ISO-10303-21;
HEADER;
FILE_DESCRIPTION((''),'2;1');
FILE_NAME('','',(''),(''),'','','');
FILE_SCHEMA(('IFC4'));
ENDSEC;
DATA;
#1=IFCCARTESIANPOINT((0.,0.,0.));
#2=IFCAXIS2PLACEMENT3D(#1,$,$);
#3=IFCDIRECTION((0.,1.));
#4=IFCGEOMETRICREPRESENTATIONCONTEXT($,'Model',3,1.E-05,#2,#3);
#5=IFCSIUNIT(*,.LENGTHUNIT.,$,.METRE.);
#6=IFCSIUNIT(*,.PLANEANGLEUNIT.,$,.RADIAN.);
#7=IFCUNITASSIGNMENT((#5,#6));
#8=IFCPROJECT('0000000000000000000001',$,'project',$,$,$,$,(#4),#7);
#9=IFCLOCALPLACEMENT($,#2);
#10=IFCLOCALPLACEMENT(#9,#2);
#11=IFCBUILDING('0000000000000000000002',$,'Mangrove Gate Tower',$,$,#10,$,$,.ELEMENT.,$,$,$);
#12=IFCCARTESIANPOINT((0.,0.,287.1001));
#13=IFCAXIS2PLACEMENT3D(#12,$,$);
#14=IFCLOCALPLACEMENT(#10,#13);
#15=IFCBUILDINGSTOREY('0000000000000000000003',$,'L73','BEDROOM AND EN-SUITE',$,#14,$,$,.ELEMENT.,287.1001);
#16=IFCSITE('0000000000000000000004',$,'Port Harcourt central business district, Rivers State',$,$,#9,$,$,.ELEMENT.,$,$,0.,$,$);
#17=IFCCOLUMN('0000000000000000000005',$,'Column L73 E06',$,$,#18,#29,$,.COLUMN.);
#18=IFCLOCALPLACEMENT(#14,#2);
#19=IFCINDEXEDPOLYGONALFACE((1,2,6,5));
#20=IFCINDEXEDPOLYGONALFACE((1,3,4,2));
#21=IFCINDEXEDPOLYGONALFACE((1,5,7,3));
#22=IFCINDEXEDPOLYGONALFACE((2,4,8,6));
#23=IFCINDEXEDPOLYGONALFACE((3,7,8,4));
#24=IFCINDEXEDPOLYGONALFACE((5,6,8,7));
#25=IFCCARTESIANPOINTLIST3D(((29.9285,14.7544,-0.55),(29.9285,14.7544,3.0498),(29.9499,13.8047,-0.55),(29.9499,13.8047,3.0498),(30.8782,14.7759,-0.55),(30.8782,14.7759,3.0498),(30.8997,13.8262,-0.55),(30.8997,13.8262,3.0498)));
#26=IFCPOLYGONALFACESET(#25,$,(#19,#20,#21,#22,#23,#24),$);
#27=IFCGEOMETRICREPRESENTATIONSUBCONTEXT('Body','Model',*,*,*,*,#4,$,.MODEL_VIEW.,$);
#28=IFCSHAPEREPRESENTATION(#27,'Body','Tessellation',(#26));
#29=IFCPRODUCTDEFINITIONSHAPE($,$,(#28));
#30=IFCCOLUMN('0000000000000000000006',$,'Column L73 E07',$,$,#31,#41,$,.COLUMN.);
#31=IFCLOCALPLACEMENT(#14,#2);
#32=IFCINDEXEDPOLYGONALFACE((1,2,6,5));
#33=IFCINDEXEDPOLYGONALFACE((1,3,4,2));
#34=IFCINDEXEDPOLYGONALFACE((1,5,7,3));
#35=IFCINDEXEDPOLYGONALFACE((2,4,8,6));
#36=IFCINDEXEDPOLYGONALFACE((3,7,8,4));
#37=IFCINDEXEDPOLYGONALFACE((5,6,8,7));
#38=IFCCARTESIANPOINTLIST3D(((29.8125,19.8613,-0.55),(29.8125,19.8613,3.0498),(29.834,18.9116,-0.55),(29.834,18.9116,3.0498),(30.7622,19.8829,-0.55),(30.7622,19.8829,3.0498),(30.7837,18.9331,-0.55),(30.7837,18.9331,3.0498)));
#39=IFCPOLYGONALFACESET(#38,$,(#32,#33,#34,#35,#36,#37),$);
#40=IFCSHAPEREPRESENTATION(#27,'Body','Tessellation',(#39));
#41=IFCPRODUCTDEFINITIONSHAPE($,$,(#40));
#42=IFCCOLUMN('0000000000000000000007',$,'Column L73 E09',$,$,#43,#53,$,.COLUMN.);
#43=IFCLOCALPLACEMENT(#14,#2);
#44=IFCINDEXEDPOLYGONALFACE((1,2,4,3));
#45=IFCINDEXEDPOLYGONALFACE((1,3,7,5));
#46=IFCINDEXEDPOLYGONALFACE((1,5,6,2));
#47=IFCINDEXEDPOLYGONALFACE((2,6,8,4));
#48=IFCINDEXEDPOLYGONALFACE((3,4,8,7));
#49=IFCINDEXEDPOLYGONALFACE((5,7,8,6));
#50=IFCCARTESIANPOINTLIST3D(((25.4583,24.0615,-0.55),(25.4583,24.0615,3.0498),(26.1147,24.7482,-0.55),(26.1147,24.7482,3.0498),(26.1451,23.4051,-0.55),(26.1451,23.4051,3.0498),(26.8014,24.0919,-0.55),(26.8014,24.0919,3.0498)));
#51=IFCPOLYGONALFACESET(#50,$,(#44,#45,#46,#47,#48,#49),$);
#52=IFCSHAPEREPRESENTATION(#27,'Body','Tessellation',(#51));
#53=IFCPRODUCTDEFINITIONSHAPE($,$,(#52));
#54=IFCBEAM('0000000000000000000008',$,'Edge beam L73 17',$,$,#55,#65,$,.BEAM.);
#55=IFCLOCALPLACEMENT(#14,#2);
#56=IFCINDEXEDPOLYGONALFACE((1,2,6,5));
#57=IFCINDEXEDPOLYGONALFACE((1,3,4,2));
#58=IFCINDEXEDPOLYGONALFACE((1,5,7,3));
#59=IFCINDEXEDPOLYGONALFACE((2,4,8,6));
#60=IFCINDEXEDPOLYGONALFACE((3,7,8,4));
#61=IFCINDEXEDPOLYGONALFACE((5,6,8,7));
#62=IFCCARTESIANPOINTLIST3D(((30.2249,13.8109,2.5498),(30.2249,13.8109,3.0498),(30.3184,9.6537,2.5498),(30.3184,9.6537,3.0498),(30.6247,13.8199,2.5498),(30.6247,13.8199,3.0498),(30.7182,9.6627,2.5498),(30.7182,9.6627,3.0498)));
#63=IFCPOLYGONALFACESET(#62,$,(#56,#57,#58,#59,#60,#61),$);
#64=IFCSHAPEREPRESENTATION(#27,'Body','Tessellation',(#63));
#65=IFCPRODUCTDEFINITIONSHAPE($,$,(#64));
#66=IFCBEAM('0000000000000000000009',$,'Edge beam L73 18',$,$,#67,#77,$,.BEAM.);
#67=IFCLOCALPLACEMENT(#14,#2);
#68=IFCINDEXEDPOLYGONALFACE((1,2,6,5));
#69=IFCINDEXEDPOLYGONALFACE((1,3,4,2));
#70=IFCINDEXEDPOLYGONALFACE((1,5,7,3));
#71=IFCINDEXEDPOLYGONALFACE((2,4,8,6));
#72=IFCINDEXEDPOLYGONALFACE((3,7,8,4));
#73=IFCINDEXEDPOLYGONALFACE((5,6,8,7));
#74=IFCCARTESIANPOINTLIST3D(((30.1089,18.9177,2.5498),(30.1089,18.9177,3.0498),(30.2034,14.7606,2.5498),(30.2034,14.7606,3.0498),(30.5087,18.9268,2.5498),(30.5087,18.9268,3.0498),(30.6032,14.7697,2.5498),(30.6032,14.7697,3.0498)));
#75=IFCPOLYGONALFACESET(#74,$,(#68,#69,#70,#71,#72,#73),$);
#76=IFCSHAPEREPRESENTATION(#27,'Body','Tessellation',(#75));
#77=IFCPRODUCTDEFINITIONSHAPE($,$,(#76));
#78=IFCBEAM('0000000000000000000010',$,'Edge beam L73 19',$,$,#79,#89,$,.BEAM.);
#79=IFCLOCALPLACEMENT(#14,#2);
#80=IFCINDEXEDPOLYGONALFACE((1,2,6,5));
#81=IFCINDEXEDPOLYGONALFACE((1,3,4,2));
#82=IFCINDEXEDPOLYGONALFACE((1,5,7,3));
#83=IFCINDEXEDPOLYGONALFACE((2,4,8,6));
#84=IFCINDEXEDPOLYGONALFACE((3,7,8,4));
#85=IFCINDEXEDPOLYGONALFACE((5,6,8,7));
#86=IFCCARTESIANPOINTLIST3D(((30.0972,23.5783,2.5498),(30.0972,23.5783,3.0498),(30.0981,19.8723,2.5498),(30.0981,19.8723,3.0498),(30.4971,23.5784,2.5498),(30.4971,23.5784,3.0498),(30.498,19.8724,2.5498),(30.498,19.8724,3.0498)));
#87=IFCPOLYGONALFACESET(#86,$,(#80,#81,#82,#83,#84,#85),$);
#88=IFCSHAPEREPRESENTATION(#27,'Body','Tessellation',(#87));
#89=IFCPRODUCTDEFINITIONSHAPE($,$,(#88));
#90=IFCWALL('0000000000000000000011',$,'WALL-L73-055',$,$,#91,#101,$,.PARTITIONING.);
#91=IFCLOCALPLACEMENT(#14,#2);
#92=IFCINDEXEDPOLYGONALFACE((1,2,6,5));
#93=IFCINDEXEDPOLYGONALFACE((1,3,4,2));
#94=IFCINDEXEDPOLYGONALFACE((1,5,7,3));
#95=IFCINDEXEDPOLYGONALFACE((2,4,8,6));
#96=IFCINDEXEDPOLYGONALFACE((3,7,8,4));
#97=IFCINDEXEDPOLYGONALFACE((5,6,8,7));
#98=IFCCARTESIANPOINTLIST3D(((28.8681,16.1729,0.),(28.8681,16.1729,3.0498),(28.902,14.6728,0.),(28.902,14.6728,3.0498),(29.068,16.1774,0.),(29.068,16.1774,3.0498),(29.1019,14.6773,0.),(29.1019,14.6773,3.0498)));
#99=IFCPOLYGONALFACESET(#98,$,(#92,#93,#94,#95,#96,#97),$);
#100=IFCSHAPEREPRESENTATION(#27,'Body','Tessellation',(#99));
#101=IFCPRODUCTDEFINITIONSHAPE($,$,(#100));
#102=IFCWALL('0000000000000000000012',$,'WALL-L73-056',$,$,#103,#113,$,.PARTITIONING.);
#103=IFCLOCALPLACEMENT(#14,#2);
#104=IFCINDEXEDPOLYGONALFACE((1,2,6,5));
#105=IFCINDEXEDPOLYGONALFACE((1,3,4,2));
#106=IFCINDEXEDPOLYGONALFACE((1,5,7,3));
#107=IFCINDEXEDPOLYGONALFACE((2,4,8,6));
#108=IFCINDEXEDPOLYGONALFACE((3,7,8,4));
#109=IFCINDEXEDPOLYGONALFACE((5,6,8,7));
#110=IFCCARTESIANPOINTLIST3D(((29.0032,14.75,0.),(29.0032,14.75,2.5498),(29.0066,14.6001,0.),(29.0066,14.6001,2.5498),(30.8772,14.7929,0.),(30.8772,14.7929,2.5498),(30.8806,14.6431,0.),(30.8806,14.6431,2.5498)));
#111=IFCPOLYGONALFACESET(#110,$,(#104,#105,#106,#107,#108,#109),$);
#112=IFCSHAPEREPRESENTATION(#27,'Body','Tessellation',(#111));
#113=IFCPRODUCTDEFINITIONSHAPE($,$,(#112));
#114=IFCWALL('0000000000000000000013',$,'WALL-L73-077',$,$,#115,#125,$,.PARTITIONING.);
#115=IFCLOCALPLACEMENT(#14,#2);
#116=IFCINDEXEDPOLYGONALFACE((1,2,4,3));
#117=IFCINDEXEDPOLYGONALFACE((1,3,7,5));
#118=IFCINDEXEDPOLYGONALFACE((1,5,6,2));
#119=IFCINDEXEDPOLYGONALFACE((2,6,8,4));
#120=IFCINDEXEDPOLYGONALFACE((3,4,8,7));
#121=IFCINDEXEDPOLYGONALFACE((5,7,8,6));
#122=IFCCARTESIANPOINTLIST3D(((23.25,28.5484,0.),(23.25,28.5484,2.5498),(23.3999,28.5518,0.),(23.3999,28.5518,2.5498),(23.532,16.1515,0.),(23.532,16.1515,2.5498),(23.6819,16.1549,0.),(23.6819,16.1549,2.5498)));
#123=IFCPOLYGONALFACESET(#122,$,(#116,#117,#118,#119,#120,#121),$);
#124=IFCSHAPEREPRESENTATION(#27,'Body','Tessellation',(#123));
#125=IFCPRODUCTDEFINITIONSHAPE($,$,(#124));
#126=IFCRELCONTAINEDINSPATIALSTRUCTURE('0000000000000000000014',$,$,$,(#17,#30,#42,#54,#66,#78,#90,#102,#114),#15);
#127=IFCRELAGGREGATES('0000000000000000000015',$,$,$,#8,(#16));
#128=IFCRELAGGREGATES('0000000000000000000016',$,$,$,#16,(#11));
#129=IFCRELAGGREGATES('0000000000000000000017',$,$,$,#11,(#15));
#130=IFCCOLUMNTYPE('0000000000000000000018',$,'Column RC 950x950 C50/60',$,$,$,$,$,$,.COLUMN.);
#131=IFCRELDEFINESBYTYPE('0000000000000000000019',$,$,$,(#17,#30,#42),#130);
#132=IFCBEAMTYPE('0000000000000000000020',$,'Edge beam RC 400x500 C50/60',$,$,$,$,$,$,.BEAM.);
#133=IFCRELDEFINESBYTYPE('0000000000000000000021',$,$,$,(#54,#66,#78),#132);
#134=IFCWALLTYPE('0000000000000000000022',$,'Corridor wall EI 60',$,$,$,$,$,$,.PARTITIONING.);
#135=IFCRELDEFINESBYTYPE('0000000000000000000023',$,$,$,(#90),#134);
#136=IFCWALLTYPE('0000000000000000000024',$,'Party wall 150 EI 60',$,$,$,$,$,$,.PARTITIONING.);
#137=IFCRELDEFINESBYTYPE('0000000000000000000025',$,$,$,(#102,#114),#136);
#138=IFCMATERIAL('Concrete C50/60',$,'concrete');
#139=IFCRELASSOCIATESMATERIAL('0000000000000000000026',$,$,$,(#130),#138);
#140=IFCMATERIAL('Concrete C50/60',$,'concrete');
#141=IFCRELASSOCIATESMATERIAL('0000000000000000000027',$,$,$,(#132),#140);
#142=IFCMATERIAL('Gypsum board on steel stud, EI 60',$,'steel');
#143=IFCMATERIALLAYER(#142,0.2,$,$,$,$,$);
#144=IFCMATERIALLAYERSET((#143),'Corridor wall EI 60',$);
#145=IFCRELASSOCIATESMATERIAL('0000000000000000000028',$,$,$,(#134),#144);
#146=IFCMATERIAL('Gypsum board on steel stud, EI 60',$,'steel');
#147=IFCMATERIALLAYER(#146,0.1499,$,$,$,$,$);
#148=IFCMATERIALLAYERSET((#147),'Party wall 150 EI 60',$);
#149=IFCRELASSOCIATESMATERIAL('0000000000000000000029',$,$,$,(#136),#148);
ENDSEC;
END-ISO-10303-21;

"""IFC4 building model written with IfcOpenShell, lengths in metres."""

from ifc_helpers import new_model, si_unit, direction, frame, frame_2d, origin, origin_2d, place, context, subcontext, project, spatial, rectangle, extrude, material, layer, layer_set, material_profile, profile_set, type_object, element, save


model = new_model("IFC4")

# Units and contexts
model_context = context("Model", 3, precision=1e-05, world=origin(), true_north=direction((0.0, 1.0)))
body_context = subcontext(model_context, "Body", "Model", "MODEL_VIEW")
ifc_project = project(units=[si_unit("LENGTHUNIT", "METRE"), si_unit("PLANEANGLEUNIT", "RADIAN")], contexts=[model_context])

# Site, building, storey
site_placement = place(None, origin())
site = spatial("IfcSite", under=ifc_project, at=site_placement, Name="Port Harcourt central business district, Rivers State", CompositionType="ELEMENT", RefElevation=0.0)
building_placement = place(site_placement, origin())
building = spatial("IfcBuilding", under=site, at=building_placement, Name="Mangrove Gate Tower", CompositionType="ELEMENT")
storey_placement = place(building_placement, frame((0.0, 0.0, 287.1001)))
storey = spatial("IfcBuildingStorey", under=building, at=storey_placement, Name="L73", Description="BEDROOM AND EN-SUITE", CompositionType="ELEMENT", Elevation=287.1001)

# Columns
ifc_material_1 = material(Name="Concrete C50/60", Category="concrete")
ifc_material_profile_1 = material_profile(ifc_material_1, rectangle(XDim=0.95, YDim=0.95, at=origin_2d()))
ifc_profile_set_1 = profile_set([ifc_material_profile_1], Name="Concrete C50/60")
column_type = type_object("IfcColumnType", Name="Column RC 950x950 C50/60", PredefinedType="COLUMN", material=ifc_profile_set_1)
for number, where, z_axis, x_axis, name in (
    (1, (30.4141, 14.2903, -0.55), (0.0, 0.0, 1.0), (-0.02261, 0.999744, 0.0), "Column L73 E06"),
    (2, (30.2981, 19.3972, -0.55), (0.0, 0.0, 1.0), (-0.022708, 0.999742, 0.0), "Column L73 E07"),
    (3, (26.1299, 24.0767, -0.55), (0.0, 0.0, 1.0), (-0.72292, 0.690932, 0.0), "Column L73 E09"),
):
    element("IfcColumn", number, at=place(storey_placement, frame(where, z_axis=z_axis, x_axis=x_axis)), inside=storey, type_object=column_type, Name=name, PredefinedType="COLUMN", context=body_context, shape_type="SweptSolid", body=[
        extrude(rectangle(XDim=0.95, YDim=0.95, at=origin_2d()), origin(), (0.0, 0.0, 1.0), 3.5999),
    ])

# Beams
ifc_material_2 = material(Name="Concrete C50/60", Category="concrete")
ifc_material_profile_2 = material_profile(ifc_material_2, rectangle(XDim=0.3999, YDim=0.5, at=origin_2d()))
ifc_profile_set_2 = profile_set([ifc_material_profile_2], Name="Concrete C50/60")
beam_type = type_object("IfcBeamType", Name="Edge beam RC 400x500 C50/60", PredefinedType="BEAM", material=ifc_profile_set_2)
for number, where, z_axis, x_axis, name in (
    (4, (30.5183, 9.6582, 2.7998), (-0.022487, 0.999747, 0.0), (-0.999747, -0.022487, 0.0), "Edge beam L73 17"),
    (5, (30.4033, 14.7651, 2.7998), (-0.022721, 0.999742, 0.0), (-0.999742, -0.022721, 0.0), "Edge beam L73 18"),
):
    element("IfcBeam", number, at=place(storey_placement, frame(where, z_axis=z_axis, x_axis=x_axis)), inside=storey, type_object=beam_type, Name=name, PredefinedType="BEAM", context=body_context, shape_type="SweptSolid", body=[
        extrude(rectangle(XDim=0.3999, YDim=0.5, at=origin_2d()), origin(), (0.0, 0.0, 1.0), 4.1582),
    ])
beam_placement = place(storey_placement, frame((30.2981, 19.8723, 2.7998), z_axis=(-0.000264, 1.0, 0.0), x_axis=(-1.0, -0.000264, 0.0)))
element("IfcBeam", 6, at=beam_placement, inside=storey, type_object=beam_type, Name="Edge beam L73 19", PredefinedType="BEAM", context=body_context, shape_type="SweptSolid", body=[
    extrude(rectangle(XDim=0.3999, YDim=0.5, at=origin_2d()), origin(), (0.0, 0.0, 1.0), 3.7061),
])

# Walls
ifc_material_3 = material(Name="Gypsum board on steel stud, EI 60", Category="steel")
ifc_layer_1 = layer(ifc_material_3, 0.2)
ifc_layer_set_1 = layer_set([ifc_layer_1], Name="Corridor wall EI 60")
wall_type_1 = type_object("IfcWallType", Name="Corridor wall EI 60", PredefinedType="PARTITIONING", material=ifc_layer_set_1)
wall_1_placement = place(storey_placement, frame((29.002, 14.675, 0.0), z_axis=(0.0, 0.0, 1.0), x_axis=(-0.022618, 0.999744, 0.0)))
element("IfcWall", 7, at=wall_1_placement, inside=storey, type_object=wall_type_1, Name="WALL-L73-055", PredefinedType="PARTITIONING", context=body_context, shape_type="SweptSolid", body=[
    extrude(rectangle(XDim=1.5005, YDim=0.2, at=frame_2d((0.7502, 0.0))), origin(), (0.0, 0.0, 1.0), 3.0498),
])
ifc_material_4 = material(Name="Gypsum board on steel stud, EI 60", Category="steel")
ifc_layer_2 = layer(ifc_material_4, 0.1499)
ifc_layer_set_2 = layer_set([ifc_layer_2], Name="Party wall 150 EI 60")
wall_type_2 = type_object("IfcWallType", Name="Party wall 150 EI 60", PredefinedType="PARTITIONING", material=ifc_layer_set_2)
wall_2_placement = place(storey_placement, frame((29.0049, 14.675, 0.0), z_axis=(0.0, 0.0, 1.0), x_axis=(0.999737, 0.022923, 0.0)))
element("IfcWall", 8, at=wall_2_placement, inside=storey, type_object=wall_type_2, Name="WALL-L73-056", PredefinedType="PARTITIONING", context=body_context, shape_type="SweptSolid", body=[
    extrude(rectangle(XDim=1.8745, YDim=0.1499, at=frame_2d((0.9373, 0.0))), origin(), (0.0, 0.0, 1.0), 2.5498),
])
wall_3_placement = place(storey_placement, frame((23.6069, 16.1531, 0.0), z_axis=(0.0, 0.0, 1.0), x_axis=(-0.02274, 0.999741, 0.0)))
element("IfcWall", 9, at=wall_3_placement, inside=storey, type_object=wall_type_2, Name="WALL-L73-077", PredefinedType="PARTITIONING", context=body_context, shape_type="SweptSolid", body=[
    extrude(rectangle(XDim=12.4001, YDim=0.1499, at=frame_2d((6.2002, 0.0))), origin(), (0.0, 0.0, 1.0), 2.5498),
])

save(model, "model.ifc")
